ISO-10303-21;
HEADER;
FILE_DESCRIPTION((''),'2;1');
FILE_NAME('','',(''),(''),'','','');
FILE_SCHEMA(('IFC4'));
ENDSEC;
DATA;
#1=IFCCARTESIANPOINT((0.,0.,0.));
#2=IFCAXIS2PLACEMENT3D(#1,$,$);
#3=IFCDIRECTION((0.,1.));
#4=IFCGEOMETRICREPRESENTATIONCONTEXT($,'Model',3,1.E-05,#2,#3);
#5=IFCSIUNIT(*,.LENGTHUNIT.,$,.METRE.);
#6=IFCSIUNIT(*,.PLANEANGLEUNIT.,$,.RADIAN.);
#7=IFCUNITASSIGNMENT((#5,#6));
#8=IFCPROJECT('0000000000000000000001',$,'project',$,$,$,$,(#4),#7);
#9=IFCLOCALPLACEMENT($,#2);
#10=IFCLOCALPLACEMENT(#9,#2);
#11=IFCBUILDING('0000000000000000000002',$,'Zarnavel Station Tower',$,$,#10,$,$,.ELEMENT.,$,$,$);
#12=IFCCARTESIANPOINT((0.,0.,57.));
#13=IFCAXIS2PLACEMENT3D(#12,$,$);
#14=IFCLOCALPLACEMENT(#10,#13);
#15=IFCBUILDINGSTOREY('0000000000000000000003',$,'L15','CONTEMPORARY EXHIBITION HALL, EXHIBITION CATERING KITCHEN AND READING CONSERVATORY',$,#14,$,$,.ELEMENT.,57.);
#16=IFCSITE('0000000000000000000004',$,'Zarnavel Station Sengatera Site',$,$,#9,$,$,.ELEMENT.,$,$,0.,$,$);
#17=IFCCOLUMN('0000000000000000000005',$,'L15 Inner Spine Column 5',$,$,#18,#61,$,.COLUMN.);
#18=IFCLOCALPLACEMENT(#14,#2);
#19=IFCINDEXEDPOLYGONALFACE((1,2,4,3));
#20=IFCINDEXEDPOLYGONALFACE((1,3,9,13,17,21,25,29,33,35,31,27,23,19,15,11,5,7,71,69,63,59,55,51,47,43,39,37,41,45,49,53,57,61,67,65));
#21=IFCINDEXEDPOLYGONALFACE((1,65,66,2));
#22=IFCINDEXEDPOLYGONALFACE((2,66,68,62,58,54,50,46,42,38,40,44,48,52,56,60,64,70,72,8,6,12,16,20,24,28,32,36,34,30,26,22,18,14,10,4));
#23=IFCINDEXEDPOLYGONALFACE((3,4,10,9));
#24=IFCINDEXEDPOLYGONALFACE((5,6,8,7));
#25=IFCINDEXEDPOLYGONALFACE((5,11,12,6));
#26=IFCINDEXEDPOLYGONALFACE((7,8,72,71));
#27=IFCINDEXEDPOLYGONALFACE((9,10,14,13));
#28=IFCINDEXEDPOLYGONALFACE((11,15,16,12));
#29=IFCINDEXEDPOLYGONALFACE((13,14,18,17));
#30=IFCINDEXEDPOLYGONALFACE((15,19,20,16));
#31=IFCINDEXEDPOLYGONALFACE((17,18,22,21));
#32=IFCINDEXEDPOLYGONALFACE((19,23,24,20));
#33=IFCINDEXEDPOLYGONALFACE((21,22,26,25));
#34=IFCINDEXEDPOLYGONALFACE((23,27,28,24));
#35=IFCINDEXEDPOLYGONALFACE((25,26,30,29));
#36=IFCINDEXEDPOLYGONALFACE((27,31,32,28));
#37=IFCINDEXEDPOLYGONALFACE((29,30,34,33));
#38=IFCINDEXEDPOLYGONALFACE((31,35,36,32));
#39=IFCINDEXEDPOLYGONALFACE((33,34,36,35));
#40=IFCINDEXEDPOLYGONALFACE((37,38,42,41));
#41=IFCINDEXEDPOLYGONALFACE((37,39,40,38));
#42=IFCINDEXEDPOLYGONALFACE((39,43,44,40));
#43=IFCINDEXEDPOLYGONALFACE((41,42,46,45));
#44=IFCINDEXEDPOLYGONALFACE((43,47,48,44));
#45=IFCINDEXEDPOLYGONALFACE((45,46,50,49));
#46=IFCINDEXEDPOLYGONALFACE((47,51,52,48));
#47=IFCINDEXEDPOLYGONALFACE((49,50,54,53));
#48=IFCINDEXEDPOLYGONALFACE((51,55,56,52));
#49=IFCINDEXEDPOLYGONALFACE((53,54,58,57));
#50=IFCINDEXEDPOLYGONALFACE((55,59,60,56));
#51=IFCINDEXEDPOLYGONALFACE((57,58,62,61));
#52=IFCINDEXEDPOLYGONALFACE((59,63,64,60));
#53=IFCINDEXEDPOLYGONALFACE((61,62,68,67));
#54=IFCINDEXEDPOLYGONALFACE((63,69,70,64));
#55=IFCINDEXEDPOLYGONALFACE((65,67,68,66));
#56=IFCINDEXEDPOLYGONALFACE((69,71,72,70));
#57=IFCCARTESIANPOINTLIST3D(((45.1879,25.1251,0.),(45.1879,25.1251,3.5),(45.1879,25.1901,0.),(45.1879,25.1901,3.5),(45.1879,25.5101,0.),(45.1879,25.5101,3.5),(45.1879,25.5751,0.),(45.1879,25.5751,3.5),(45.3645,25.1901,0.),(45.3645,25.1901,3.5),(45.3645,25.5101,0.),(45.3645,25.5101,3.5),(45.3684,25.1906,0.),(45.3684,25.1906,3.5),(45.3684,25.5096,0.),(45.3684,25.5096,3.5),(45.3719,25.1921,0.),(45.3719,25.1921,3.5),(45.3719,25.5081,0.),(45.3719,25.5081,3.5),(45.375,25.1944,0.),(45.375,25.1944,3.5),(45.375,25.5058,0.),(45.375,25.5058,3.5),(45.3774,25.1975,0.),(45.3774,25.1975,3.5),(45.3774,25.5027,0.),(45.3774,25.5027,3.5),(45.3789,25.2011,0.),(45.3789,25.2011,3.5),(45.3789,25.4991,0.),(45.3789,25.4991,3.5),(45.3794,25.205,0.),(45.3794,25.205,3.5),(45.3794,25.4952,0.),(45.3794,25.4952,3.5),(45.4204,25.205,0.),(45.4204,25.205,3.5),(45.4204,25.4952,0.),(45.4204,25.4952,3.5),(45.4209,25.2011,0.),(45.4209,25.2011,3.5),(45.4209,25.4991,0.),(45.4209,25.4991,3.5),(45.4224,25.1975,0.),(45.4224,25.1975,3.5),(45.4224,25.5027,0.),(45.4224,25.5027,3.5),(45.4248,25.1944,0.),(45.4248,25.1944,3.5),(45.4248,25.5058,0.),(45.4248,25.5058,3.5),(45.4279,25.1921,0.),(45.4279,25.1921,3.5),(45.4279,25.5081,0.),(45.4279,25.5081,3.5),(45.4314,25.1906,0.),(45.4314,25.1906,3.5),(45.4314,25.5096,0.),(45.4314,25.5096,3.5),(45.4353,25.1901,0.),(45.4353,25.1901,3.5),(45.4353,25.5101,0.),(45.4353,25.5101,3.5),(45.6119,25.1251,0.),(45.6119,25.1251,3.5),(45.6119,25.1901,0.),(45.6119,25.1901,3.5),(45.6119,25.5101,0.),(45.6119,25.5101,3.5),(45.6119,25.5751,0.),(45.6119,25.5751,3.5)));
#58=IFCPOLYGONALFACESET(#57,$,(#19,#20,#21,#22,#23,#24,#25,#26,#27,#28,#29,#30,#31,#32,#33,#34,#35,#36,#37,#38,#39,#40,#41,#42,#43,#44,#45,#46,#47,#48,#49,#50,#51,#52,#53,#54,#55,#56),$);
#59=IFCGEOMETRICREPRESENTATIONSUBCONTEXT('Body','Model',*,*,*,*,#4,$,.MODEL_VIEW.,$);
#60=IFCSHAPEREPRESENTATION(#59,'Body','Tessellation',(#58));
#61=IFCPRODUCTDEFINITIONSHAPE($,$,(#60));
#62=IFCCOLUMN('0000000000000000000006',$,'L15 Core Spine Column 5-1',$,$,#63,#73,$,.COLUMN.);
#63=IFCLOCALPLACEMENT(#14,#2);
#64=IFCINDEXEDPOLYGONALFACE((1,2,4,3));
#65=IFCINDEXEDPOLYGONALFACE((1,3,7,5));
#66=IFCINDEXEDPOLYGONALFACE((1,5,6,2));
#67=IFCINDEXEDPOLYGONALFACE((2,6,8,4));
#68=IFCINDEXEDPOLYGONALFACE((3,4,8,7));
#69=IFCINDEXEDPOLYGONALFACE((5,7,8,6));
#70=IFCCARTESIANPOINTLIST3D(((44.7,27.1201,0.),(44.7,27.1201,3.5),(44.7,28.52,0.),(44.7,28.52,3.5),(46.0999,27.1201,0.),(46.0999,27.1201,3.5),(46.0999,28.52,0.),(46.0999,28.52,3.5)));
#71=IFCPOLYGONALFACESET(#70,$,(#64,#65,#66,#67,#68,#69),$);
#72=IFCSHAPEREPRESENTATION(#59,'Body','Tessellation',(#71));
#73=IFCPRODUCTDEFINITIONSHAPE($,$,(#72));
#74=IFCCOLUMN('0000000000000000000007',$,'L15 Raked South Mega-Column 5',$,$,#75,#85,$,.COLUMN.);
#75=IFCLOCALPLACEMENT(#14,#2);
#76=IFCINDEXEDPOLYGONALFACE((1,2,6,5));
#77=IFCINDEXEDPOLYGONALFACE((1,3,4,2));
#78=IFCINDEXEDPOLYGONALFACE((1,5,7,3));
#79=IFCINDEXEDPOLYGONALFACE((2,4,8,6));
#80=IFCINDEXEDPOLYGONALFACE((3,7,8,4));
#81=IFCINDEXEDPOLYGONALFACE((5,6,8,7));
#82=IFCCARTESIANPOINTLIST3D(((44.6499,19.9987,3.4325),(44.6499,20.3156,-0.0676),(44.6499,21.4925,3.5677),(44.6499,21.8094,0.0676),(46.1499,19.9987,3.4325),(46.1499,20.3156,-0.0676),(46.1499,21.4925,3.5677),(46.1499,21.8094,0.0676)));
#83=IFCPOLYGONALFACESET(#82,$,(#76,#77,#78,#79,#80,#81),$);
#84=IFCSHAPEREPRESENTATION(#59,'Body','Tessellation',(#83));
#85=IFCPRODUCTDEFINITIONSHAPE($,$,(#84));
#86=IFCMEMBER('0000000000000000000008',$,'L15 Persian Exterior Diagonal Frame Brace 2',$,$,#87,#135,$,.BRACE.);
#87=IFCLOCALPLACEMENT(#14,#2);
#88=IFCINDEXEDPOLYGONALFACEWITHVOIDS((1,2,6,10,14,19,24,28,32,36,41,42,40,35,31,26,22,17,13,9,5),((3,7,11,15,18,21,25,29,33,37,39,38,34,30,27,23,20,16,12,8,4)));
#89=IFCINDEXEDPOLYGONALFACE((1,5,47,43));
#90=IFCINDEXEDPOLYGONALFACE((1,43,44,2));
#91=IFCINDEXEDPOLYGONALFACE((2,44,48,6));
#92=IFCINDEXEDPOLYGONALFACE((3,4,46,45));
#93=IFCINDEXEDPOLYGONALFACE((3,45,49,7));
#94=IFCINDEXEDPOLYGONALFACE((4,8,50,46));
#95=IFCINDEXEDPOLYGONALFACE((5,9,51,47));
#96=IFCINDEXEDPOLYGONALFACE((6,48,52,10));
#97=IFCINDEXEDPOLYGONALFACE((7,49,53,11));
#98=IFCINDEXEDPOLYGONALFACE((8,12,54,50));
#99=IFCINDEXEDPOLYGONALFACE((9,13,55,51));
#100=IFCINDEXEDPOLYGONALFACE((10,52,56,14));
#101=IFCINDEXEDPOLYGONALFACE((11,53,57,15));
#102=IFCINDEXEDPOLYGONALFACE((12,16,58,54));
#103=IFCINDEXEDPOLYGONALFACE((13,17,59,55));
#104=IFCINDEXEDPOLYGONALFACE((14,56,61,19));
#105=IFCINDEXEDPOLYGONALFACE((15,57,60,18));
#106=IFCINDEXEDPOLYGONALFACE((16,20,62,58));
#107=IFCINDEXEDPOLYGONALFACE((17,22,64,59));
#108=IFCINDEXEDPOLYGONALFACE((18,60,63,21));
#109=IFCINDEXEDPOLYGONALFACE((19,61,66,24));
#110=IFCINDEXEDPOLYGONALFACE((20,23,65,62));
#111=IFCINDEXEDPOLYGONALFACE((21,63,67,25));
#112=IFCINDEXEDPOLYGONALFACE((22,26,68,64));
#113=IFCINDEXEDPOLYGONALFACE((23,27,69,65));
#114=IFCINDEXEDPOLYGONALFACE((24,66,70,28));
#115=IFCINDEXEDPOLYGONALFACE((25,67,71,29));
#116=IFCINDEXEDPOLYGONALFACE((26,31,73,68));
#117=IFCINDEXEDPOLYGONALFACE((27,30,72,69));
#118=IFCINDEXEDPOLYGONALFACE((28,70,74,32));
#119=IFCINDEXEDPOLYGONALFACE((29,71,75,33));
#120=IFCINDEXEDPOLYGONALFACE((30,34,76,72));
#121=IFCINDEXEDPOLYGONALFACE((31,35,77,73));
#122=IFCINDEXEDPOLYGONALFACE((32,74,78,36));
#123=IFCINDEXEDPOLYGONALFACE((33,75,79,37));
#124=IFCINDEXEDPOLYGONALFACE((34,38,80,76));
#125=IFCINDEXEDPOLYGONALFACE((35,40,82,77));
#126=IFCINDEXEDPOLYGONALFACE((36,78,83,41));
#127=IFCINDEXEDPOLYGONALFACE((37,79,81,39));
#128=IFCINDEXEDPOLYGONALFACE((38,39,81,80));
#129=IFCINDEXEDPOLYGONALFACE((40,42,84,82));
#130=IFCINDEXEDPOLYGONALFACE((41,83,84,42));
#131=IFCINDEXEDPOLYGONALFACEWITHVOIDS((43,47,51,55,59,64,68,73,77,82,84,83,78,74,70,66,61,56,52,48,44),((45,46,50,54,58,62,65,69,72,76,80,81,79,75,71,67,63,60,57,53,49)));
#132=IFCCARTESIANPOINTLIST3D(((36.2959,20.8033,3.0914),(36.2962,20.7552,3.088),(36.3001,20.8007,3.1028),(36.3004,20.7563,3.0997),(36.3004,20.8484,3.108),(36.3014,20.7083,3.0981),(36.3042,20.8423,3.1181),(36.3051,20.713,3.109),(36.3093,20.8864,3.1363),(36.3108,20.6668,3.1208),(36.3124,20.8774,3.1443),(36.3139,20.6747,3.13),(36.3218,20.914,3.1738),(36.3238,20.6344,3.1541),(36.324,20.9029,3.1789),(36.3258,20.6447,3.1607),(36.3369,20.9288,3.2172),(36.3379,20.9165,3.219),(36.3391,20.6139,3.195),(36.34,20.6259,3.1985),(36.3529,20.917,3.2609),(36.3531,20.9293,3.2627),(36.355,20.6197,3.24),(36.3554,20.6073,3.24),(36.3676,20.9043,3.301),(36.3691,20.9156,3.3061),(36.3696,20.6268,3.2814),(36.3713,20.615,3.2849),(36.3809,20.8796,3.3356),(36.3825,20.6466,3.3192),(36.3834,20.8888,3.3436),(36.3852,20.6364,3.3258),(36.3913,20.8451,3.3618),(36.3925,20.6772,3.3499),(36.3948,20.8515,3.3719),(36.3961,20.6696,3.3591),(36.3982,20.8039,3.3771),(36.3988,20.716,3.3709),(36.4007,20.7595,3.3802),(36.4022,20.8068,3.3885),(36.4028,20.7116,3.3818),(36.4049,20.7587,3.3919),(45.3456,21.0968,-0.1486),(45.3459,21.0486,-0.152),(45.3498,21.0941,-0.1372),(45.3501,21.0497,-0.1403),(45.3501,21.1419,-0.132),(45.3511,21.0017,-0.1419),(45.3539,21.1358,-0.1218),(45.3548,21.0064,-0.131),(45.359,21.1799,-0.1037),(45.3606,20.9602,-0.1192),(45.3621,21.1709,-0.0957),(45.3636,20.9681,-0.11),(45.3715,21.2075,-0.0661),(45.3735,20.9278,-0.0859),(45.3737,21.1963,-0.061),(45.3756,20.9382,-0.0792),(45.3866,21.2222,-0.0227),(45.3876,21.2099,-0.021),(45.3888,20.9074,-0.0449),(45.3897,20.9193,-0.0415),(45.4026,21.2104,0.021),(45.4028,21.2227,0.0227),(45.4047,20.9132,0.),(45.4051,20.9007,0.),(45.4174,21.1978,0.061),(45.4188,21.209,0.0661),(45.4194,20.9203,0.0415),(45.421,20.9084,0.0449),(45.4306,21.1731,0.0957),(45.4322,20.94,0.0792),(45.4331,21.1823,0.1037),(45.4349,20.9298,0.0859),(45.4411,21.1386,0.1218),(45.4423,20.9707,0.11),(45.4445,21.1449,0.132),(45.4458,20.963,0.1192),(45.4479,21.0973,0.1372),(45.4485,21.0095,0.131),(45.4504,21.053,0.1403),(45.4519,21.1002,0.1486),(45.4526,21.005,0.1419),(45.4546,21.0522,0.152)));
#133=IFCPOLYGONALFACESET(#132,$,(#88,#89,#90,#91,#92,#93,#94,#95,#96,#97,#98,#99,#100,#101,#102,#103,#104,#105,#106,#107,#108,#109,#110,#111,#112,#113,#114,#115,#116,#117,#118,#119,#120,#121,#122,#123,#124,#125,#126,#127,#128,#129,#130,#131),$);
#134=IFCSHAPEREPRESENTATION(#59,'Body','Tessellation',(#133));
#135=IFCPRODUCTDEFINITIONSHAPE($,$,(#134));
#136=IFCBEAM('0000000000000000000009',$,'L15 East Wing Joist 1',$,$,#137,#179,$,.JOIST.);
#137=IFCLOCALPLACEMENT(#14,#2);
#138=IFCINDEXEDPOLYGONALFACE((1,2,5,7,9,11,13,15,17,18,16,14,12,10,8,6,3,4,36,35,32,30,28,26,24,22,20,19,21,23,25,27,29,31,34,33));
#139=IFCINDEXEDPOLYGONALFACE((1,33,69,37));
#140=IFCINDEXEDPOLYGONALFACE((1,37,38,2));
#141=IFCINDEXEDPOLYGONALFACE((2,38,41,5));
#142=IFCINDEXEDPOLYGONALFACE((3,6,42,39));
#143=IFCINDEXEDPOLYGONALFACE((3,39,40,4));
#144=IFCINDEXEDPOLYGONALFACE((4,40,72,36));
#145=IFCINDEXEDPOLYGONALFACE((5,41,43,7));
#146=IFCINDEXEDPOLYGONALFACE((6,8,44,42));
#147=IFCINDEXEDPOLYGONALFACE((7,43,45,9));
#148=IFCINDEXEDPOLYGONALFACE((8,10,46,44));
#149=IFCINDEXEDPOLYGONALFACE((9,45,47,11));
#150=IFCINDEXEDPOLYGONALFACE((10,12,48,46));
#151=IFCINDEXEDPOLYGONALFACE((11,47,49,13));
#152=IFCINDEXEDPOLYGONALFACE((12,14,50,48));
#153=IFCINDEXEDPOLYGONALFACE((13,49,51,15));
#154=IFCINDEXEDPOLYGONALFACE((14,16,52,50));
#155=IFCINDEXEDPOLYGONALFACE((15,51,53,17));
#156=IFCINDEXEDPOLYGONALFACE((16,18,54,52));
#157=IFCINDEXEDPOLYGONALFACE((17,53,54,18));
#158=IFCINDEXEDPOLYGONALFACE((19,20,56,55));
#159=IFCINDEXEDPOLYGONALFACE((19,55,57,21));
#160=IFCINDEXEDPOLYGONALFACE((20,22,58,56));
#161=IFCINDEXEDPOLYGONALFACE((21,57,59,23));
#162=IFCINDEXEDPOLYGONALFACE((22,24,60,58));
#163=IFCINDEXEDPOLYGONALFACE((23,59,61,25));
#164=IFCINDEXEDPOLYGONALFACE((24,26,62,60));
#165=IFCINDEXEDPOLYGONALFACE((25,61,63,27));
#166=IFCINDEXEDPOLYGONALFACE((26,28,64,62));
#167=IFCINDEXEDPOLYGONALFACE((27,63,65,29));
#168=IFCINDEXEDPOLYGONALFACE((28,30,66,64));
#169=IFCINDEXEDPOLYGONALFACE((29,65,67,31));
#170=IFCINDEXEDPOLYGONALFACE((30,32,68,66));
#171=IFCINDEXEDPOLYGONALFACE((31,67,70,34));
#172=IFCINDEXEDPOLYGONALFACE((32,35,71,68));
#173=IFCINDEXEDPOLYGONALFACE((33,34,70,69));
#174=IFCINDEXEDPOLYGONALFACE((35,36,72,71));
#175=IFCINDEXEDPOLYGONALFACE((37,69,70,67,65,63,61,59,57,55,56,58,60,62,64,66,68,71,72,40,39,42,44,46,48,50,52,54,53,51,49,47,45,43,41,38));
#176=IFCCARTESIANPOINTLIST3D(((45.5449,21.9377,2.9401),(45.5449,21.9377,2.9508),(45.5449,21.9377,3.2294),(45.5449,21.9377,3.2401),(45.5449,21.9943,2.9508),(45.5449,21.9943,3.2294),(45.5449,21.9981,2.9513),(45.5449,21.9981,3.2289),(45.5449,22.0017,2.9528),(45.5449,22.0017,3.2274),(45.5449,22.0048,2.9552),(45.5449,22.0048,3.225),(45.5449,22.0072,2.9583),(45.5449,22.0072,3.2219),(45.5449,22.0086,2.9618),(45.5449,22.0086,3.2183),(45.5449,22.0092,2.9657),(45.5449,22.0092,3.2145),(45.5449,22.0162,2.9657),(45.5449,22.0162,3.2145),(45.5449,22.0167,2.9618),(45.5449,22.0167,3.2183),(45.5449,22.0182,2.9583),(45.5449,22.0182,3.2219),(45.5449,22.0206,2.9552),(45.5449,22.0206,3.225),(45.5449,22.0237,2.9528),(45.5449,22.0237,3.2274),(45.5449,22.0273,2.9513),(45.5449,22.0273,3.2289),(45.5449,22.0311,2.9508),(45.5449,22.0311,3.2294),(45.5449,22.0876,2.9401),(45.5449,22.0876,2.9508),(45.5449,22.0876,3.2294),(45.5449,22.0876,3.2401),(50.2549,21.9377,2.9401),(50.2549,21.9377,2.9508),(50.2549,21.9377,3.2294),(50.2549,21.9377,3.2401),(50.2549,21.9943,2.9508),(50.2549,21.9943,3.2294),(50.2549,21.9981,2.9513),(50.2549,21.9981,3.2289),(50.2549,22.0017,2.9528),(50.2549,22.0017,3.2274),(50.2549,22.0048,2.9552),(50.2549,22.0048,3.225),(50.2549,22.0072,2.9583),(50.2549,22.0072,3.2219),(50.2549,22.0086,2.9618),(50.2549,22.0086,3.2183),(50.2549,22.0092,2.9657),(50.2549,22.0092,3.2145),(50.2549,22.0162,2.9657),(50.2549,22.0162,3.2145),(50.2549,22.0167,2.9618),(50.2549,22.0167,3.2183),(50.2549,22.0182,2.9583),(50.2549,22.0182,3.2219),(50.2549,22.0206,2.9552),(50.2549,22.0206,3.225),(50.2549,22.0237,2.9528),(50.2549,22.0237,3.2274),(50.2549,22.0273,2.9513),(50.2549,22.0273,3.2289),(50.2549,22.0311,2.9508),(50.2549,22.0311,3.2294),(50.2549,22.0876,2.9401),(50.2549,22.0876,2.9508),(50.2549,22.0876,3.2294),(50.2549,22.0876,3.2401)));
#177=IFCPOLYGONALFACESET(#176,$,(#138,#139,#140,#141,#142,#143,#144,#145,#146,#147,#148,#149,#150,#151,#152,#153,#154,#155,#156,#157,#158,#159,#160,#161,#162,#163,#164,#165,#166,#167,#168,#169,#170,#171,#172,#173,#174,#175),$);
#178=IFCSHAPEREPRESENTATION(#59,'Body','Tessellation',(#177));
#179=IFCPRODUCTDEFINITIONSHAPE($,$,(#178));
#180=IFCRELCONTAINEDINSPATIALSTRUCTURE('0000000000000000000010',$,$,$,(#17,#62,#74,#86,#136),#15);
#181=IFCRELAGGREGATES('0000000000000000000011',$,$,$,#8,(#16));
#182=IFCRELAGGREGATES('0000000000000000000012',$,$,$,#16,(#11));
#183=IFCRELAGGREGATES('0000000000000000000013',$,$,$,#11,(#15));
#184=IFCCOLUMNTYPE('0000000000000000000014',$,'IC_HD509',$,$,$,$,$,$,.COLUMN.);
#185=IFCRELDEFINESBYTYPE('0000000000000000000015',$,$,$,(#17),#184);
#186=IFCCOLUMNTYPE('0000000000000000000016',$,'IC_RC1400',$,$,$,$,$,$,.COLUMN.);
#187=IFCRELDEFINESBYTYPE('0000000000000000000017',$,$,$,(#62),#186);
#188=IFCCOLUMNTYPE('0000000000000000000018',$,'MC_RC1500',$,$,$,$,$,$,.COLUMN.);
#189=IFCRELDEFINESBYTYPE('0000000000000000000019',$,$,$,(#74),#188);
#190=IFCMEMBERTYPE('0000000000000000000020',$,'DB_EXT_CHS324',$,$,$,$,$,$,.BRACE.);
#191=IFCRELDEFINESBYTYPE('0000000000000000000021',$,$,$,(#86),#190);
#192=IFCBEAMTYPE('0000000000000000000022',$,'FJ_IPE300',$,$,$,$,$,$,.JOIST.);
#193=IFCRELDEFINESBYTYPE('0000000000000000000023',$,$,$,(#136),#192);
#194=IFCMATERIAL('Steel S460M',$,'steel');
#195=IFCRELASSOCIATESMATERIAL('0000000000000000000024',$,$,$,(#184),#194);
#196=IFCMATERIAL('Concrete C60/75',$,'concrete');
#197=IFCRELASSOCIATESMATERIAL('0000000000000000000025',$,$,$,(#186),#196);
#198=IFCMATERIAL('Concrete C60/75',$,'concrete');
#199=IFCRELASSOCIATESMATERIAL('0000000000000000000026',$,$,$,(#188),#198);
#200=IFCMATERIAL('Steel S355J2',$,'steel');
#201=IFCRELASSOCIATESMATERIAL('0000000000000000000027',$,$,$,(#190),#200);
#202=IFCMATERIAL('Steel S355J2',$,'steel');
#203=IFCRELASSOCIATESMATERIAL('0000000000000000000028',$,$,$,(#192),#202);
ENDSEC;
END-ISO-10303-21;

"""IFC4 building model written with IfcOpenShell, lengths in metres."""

from ifc_helpers import new_model, si_unit, direction, frame, origin, origin_2d, place, context, subcontext, project, spatial, rectangle, hollow_circle, i_section, extrude, material, material_profile, profile_set, type_object, element, save


model = new_model("IFC4")

# Units and contexts
model_context = context("Model", 3, precision=1e-05, world=origin(), true_north=direction((0.0, 1.0)))
body_context = subcontext(model_context, "Body", "Model", "MODEL_VIEW")
ifc_project = project(units=[si_unit("LENGTHUNIT", "METRE"), si_unit("PLANEANGLEUNIT", "RADIAN")], contexts=[model_context])

# Site, building, storey
site_placement = place(None, origin())
site = spatial("IfcSite", under=ifc_project, at=site_placement, Name="Zarnavel Station Sengatera Site", CompositionType="ELEMENT", RefElevation=0.0)
building_placement = place(site_placement, origin())
building = spatial("IfcBuilding", under=site, at=building_placement, Name="Zarnavel Station Tower", CompositionType="ELEMENT")
storey_placement = place(building_placement, frame((0.0, 0.0, 57.0)))
storey = spatial("IfcBuildingStorey", under=building, at=storey_placement, Name="L15", Description="CONTEMPORARY EXHIBITION HALL, EXHIBITION CATERING KITCHEN AND READING CONSERVATORY", CompositionType="ELEMENT", Elevation=57.0)

# Columns
ifc_material_1 = material(Name="Steel S460M", Category="steel")
ifc_material_profile_1 = material_profile(ifc_material_1, i_section(OverallWidth=0.4241, OverallDepth=0.45, WebThickness=0.041, FlangeThickness=0.0649, FilletRadius=0.0149, at=origin_2d()), Name="HD400x509")
ifc_profile_set_1 = profile_set([ifc_material_profile_1], Name="Steel S460M")
column_type_1 = type_object("IfcColumnType", Name="IC_HD509", PredefinedType="COLUMN", material=ifc_profile_set_1)
column_1_placement = place(storey_placement, frame((45.3999, 25.3501, 0.0), z_axis=(0.0, 0.0, 1.0), x_axis=(1.0, 0.0, 0.0)))
element("IfcColumn", 1, at=column_1_placement, inside=storey, type_object=column_type_1, Name="L15 Inner Spine Column 5", PredefinedType="COLUMN", context=body_context, shape_type="SweptSolid", body=[
    extrude(i_section(OverallWidth=0.4241, OverallDepth=0.45, WebThickness=0.041, FlangeThickness=0.0649, FilletRadius=0.0149, at=origin_2d()), origin(), (0.0, 0.0, 1.0), 3.5),
])
ifc_material_2 = material(Name="Concrete C60/75", Category="concrete")
ifc_material_profile_2 = material_profile(ifc_material_2, rectangle(XDim=1.3999, YDim=1.3999, at=origin_2d()), Name="RC1400x1400")
ifc_profile_set_2 = profile_set([ifc_material_profile_2], Name="Concrete C60/75")
column_type_2 = type_object("IfcColumnType", Name="IC_RC1400", PredefinedType="COLUMN", material=ifc_profile_set_2)
column_2_placement = place(storey_placement, frame((45.3999, 27.8201, 0.0), z_axis=(0.0, 0.0, 1.0), x_axis=(1.0, 0.0, 0.0)))
element("IfcColumn", 2, at=column_2_placement, inside=storey, type_object=column_type_2, Name="L15 Core Spine Column 5-1", PredefinedType="COLUMN", context=body_context, shape_type="SweptSolid", body=[
    extrude(rectangle(XDim=1.3999, YDim=1.3999, at=origin_2d()), origin(), (0.0, 0.0, 1.0), 3.5),
])
ifc_material_3 = material(Name="Concrete C60/75", Category="concrete")
ifc_material_profile_3 = material_profile(ifc_material_3, rectangle(XDim=1.5, YDim=1.5, at=origin_2d()), Name="RC1500x1500")
ifc_profile_set_3 = profile_set([ifc_material_profile_3], Name="Concrete C60/75")
column_type_3 = type_object("IfcColumnType", Name="MC_RC1500", PredefinedType="COLUMN", material=ifc_profile_set_3)
column_3_placement = place(storey_placement, frame((45.3999, 21.0625, 0.0), z_axis=(0.0, -0.090172, 0.995926), x_axis=(1.0, 0.0, 0.0)))
element("IfcColumn", 3, at=column_3_placement, inside=storey, type_object=column_type_3, Name="L15 Raked South Mega-Column 5", PredefinedType="COLUMN", context=body_context, shape_type="SweptSolid", body=[
    extrude(rectangle(XDim=1.5, YDim=1.5, at=origin_2d()), origin(), (0.0, 0.0, 1.0), 3.5144),
])

# Member
ifc_material_4 = material(Name="Steel S355J2", Category="steel")
ifc_material_profile_4 = material_profile(ifc_material_4, hollow_circle(Radius=0.1619, WallThickness=0.0125, at=origin_2d()), Name="CHS323.9x12.5")
ifc_profile_set_4 = profile_set([ifc_material_profile_4], Name="Steel S355J2")
member_type = type_object("IfcMemberType", Name="DB_EXT_CHS324", PredefinedType="BRACE", material=ifc_profile_set_4)
member_placement = place(storey_placement, frame((45.3999, 21.0625, 0.0), z_axis=(-0.941042, -0.030515, 0.33691), x_axis=(0.03241, -0.999475, 0.0)))
element("IfcMember", 4, at=member_placement, inside=storey, type_object=member_type, Name="L15 Persian Exterior Diagonal Frame Brace 2", PredefinedType="BRACE", context=body_context, shape_type="SweptSolid", body=[
    extrude(hollow_circle(Radius=0.1619, WallThickness=0.0125, at=origin_2d()), origin(), (0.0, 0.0, 1.0), 9.6167),
])

# Beam
ifc_material_5 = material(Name="Steel S355J2", Category="steel")
ifc_material_profile_5 = material_profile(ifc_material_5, i_section(OverallWidth=0.1499, OverallDepth=0.3, WebThickness=0.0071, FlangeThickness=0.0107, FilletRadius=0.0149, at=origin_2d()), Name="IPE300")
ifc_profile_set_5 = profile_set([ifc_material_profile_5], Name="Steel S355J2")
beam_type_1 = type_object("IfcBeamType", Name="FJ_IPE300", PredefinedType="JOIST", material=ifc_profile_set_5)
beam_1_placement = place(storey_placement, frame((45.5449, 22.0127, 3.0901), z_axis=(1.0, 0.0, 0.0), x_axis=(0.0, 1.0, 0.0)))
element("IfcBeam", 5, at=beam_1_placement, inside=storey, type_object=beam_type_1, Name="L15 East Wing Joist 1", PredefinedType="JOIST", context=body_context, shape_type="SweptSolid", body=[
    extrude(i_section(OverallWidth=0.1499, OverallDepth=0.3, WebThickness=0.0071, FlangeThickness=0.0107, FilletRadius=0.0149, at=origin_2d()), origin(), (0.0, 0.0, 1.0), 4.71),
])

save(model, "model.ifc")
